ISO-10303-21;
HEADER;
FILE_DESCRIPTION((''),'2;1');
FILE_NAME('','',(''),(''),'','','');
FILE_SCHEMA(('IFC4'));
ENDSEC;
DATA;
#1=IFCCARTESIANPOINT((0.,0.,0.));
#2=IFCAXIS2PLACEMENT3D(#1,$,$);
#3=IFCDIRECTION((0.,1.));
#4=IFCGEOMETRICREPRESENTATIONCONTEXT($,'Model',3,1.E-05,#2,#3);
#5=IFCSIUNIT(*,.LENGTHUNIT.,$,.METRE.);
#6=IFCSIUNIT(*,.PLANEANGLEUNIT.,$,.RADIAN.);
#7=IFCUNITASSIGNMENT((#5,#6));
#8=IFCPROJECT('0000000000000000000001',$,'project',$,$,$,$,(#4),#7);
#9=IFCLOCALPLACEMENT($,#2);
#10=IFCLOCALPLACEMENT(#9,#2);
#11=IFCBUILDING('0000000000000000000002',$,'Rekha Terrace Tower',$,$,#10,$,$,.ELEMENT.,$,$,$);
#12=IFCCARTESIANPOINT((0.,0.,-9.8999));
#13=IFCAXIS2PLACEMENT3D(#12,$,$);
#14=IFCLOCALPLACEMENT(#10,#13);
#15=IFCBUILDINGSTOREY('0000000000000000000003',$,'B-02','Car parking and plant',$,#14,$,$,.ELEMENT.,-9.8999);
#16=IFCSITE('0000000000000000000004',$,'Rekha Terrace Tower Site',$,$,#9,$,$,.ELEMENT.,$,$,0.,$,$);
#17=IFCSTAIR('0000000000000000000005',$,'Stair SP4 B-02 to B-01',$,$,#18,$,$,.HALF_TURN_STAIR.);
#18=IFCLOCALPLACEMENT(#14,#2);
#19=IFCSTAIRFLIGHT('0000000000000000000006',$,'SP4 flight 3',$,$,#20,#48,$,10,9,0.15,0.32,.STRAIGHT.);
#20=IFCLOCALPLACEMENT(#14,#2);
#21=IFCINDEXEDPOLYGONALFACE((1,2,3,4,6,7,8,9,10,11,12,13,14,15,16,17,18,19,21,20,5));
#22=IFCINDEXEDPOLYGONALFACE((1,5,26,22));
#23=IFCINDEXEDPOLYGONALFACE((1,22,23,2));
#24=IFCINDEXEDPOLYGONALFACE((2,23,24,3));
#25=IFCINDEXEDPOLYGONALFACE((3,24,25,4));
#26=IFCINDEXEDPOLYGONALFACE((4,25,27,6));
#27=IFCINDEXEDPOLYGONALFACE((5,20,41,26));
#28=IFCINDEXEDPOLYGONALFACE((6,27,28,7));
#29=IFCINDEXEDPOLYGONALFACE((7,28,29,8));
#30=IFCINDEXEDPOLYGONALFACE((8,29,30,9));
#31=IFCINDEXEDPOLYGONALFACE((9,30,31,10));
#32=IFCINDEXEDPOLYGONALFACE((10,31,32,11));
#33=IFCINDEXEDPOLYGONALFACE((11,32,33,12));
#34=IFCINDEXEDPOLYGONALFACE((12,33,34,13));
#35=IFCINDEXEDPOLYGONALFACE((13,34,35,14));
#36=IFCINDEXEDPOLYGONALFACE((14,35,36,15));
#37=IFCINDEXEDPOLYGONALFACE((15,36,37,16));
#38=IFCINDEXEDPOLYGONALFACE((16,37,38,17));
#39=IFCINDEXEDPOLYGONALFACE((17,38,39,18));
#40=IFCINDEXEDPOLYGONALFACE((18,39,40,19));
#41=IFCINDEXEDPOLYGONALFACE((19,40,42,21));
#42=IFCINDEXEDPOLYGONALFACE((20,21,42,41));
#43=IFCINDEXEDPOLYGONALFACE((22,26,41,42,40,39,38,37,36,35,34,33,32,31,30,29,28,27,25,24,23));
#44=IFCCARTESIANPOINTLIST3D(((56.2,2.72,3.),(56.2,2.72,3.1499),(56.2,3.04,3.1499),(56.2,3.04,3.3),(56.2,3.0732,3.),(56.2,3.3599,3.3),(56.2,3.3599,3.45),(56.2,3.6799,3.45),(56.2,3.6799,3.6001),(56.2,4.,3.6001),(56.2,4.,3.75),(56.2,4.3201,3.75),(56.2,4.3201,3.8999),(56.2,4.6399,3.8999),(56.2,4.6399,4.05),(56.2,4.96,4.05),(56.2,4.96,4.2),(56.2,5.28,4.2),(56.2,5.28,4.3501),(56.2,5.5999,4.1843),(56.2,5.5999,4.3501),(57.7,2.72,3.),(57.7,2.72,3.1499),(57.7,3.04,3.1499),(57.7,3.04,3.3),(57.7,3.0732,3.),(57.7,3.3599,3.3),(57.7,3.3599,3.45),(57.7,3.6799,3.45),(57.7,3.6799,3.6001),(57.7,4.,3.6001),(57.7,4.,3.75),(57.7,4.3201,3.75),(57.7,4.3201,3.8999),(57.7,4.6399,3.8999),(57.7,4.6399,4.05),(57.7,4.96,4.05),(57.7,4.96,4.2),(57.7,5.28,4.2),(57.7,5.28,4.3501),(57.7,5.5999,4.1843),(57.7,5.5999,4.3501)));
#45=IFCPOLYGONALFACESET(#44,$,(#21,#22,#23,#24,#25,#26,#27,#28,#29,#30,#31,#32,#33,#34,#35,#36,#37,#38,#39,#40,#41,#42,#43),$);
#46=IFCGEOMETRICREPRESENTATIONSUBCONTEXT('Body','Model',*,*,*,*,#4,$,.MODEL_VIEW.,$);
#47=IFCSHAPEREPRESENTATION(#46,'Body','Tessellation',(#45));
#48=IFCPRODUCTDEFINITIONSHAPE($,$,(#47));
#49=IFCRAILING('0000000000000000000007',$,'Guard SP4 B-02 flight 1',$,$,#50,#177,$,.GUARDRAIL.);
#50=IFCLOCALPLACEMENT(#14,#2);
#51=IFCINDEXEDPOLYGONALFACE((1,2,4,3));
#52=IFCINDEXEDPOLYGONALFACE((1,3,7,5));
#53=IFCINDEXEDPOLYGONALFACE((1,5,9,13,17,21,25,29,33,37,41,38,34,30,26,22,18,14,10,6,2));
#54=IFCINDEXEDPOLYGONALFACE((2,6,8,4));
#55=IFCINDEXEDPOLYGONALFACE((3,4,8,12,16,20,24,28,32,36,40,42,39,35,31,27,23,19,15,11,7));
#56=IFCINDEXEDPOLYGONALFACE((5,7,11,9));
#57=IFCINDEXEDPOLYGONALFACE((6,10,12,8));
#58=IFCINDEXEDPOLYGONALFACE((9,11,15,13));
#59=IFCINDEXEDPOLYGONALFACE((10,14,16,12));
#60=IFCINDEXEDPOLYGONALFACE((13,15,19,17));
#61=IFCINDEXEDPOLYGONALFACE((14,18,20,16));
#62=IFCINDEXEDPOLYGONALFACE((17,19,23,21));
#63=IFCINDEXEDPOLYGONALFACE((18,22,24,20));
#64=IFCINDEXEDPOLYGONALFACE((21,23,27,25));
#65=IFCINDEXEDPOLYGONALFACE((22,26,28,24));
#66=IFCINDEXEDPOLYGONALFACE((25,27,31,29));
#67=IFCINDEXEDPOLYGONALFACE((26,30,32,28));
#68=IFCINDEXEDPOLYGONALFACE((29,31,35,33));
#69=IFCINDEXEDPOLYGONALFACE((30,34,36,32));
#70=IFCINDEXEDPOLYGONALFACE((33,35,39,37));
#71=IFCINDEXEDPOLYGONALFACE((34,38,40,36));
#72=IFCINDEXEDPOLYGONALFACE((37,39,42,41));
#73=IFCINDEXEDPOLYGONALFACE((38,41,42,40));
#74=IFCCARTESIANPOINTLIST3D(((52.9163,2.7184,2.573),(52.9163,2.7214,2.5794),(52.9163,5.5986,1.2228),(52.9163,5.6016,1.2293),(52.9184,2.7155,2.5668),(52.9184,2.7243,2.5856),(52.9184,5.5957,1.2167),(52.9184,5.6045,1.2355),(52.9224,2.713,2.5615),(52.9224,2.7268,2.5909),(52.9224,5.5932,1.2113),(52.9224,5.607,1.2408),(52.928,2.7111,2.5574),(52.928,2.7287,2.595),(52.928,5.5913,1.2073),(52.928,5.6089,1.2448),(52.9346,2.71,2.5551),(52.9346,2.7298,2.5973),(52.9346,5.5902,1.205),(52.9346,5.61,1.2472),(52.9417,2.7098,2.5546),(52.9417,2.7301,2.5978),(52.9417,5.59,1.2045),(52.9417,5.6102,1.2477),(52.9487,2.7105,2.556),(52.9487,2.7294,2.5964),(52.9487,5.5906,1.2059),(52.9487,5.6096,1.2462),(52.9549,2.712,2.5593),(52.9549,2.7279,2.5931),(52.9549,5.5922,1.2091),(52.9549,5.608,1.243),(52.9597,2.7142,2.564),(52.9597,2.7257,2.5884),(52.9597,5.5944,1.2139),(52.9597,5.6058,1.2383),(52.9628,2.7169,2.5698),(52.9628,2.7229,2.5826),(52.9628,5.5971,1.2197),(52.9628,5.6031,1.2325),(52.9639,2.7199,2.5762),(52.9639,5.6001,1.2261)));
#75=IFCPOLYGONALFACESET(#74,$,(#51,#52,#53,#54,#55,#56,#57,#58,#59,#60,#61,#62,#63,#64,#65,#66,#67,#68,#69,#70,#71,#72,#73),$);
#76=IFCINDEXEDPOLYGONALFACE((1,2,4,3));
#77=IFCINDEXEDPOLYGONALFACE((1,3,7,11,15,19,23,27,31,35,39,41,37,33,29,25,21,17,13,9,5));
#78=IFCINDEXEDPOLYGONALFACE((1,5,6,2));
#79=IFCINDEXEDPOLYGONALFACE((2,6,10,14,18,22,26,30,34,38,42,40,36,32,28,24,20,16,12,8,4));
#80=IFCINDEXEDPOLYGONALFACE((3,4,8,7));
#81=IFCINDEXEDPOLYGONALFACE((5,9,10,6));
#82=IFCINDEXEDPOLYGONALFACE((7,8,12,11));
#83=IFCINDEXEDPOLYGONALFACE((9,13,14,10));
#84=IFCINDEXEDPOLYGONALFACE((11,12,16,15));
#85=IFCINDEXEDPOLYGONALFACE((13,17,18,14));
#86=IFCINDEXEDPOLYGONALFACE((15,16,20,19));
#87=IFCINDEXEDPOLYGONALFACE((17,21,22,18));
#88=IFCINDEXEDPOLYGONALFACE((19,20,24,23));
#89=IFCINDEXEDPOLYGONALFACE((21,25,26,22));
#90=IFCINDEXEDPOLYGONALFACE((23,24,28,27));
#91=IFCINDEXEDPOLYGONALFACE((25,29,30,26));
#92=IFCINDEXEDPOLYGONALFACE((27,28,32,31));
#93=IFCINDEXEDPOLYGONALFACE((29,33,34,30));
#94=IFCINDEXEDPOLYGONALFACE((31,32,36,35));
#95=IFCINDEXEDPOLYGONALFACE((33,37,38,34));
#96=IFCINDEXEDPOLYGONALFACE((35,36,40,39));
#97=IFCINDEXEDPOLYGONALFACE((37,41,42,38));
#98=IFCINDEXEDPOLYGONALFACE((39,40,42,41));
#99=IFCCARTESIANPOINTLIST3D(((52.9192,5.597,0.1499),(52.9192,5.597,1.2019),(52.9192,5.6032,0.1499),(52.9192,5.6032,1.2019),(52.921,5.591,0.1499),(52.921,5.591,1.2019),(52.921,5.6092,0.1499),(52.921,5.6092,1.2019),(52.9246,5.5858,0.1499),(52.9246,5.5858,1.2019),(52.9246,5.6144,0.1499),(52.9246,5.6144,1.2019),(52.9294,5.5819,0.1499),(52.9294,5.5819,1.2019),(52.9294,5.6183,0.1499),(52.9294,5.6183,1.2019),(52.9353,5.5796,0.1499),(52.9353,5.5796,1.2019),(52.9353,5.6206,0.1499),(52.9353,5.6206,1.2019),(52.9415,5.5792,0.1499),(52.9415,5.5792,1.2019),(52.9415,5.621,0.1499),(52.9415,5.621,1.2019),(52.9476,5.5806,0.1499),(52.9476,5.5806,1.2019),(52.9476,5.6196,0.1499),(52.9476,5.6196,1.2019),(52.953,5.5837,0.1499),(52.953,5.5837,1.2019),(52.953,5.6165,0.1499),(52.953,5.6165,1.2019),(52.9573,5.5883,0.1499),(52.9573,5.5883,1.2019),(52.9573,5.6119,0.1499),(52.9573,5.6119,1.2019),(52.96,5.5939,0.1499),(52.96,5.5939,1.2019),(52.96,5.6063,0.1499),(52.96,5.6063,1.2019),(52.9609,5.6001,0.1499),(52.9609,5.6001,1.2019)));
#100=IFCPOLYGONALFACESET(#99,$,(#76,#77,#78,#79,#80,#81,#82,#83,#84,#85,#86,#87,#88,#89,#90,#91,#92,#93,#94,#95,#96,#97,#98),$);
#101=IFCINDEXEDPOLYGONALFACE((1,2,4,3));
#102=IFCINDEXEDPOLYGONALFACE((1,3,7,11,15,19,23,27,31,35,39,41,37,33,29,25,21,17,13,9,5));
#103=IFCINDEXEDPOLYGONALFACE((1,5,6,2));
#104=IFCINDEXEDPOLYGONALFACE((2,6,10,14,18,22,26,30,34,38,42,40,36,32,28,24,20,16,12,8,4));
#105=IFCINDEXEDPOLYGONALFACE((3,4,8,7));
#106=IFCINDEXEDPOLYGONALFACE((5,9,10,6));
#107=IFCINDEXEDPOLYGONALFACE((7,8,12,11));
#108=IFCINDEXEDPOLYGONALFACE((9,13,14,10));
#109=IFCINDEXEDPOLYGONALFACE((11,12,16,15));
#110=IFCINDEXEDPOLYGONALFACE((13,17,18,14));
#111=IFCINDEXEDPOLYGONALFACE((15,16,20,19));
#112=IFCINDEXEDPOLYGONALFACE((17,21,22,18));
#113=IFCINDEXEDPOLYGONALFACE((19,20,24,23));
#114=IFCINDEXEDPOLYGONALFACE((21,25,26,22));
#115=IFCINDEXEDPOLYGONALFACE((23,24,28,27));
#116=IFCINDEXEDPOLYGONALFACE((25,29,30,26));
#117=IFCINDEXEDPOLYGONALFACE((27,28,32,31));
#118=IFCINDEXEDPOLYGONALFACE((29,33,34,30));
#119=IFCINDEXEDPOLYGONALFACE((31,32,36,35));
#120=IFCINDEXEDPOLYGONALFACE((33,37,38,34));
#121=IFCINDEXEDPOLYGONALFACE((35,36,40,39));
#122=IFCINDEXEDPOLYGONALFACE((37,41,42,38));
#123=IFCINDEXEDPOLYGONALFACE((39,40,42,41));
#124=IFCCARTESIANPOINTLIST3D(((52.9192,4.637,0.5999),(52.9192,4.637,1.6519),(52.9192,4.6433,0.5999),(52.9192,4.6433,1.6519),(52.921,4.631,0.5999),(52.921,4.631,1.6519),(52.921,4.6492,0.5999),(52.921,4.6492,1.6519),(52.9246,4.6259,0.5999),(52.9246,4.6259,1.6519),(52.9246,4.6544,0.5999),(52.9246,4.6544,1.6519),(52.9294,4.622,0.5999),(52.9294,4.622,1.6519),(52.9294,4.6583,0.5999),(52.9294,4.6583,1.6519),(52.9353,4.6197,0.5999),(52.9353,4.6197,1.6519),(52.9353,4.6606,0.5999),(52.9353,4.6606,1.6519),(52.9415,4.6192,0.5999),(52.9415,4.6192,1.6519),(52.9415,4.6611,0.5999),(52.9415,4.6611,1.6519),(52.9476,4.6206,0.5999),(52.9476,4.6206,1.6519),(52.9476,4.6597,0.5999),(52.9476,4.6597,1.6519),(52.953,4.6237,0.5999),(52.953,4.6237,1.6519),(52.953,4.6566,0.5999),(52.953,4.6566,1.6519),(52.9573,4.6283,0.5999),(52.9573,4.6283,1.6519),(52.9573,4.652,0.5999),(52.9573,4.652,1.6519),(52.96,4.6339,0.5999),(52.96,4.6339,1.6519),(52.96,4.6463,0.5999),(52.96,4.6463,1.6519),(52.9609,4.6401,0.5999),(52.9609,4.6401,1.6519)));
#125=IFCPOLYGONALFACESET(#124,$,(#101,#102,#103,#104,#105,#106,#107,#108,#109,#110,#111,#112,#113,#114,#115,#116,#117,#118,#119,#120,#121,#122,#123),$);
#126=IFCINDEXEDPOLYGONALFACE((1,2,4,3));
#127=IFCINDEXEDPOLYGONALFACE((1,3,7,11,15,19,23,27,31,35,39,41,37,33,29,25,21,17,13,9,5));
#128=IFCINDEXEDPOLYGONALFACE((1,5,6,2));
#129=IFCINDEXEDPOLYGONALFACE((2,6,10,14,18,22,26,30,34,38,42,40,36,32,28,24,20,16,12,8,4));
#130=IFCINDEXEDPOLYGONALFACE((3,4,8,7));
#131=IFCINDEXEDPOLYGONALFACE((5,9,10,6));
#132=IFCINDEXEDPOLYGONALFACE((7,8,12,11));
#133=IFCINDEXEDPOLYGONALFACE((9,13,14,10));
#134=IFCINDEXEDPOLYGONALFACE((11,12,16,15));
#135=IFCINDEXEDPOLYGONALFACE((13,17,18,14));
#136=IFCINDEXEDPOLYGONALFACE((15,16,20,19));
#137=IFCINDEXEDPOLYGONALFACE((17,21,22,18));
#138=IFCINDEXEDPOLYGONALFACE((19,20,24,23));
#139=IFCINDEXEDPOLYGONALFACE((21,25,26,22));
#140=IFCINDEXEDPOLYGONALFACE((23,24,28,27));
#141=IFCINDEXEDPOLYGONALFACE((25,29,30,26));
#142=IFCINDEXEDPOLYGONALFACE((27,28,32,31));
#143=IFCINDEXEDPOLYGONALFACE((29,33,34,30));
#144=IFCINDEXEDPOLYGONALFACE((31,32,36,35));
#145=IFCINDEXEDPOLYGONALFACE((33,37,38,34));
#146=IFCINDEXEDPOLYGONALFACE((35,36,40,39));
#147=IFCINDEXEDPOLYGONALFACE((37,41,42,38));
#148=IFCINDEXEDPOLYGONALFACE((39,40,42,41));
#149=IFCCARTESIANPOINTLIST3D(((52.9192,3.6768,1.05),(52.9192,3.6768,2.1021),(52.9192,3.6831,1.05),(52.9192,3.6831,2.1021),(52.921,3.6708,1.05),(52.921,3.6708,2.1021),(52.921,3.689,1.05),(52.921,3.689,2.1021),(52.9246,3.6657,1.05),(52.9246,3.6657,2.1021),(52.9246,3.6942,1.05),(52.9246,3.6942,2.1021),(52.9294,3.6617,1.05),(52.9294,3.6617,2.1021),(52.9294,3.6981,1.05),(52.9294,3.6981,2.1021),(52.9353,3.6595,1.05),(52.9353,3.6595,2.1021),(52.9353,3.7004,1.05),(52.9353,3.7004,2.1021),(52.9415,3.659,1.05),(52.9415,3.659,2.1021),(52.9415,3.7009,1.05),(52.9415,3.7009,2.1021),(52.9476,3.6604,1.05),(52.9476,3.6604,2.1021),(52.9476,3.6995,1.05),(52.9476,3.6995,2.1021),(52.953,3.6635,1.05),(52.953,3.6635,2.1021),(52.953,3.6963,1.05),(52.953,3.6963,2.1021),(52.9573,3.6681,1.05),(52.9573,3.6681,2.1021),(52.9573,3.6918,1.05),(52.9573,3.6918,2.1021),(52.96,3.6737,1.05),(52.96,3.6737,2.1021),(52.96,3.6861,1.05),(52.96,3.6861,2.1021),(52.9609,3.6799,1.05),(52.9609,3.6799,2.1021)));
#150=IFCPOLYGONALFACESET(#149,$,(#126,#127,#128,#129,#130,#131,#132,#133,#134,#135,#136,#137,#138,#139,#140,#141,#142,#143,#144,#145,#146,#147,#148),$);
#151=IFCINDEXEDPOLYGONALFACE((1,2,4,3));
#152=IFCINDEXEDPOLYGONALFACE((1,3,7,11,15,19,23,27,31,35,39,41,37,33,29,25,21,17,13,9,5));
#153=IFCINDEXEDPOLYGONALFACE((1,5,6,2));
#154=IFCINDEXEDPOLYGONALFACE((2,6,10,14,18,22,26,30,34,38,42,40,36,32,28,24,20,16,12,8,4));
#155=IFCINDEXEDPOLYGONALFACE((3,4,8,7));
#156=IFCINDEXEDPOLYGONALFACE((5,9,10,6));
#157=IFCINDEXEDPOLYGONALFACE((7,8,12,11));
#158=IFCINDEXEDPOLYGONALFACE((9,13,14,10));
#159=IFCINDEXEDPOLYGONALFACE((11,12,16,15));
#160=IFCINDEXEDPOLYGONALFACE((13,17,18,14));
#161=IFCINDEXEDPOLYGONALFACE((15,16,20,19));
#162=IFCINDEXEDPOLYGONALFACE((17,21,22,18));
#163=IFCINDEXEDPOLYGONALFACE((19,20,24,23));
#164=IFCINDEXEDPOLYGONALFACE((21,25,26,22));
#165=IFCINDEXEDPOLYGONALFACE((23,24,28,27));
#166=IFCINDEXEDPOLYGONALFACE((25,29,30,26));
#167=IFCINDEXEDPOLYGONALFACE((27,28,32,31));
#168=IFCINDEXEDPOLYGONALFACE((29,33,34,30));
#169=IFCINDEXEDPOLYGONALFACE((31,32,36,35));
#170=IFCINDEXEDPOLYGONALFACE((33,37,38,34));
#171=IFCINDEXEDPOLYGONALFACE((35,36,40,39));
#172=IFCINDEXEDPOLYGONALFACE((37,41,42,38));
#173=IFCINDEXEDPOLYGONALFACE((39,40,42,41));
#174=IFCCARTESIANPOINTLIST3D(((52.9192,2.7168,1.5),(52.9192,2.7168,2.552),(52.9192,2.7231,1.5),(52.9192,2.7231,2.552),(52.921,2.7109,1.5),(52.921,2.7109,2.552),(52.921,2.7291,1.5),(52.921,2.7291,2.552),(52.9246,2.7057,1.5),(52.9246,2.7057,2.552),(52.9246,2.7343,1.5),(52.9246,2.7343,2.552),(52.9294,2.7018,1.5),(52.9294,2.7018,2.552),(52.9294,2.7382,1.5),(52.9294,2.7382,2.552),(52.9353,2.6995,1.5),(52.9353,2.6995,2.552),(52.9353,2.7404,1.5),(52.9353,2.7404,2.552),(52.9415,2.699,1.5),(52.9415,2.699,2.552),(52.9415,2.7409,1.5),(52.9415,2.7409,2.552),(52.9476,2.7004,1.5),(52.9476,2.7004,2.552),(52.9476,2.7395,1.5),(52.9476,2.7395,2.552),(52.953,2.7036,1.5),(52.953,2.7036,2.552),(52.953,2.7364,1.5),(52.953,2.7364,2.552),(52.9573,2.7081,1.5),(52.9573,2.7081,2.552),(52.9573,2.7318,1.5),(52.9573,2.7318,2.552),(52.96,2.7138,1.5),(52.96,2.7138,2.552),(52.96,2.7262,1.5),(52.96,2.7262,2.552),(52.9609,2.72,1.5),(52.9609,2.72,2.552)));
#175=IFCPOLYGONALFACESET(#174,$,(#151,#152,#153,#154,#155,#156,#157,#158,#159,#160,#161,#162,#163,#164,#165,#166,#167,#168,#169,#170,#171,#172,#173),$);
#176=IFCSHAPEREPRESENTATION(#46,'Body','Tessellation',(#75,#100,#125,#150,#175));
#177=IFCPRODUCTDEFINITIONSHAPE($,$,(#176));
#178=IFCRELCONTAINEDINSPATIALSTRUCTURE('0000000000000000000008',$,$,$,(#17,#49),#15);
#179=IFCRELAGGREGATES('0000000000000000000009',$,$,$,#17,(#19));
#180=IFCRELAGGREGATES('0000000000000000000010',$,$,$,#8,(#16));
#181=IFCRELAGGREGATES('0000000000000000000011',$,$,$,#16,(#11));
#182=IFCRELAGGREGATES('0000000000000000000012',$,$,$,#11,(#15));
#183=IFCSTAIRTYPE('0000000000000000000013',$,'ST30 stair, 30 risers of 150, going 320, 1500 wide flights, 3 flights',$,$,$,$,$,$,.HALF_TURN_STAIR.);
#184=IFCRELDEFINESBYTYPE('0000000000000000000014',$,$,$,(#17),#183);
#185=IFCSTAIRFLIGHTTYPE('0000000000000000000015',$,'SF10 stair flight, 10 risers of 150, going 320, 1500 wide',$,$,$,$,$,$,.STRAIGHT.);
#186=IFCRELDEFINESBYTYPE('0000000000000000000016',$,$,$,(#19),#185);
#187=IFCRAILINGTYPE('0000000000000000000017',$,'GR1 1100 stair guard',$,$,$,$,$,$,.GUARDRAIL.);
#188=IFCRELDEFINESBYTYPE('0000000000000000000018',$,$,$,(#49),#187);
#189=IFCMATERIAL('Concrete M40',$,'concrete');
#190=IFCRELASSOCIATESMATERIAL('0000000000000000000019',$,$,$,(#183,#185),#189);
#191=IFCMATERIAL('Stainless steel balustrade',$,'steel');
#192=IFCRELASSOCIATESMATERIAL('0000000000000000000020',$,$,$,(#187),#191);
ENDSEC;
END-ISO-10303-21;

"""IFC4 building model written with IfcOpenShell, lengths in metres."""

from ifc_helpers import new_model, si_unit, direction, frame, origin, origin_2d, place, context, subcontext, project, spatial, polyline, circle, outline, extrude, material, type_object, element, aggregate, save


model = new_model("IFC4")

# Units and contexts
model_context = context("Model", 3, precision=1e-05, world=origin(), true_north=direction((0.0, 1.0)))
body_context = subcontext(model_context, "Body", "Model", "MODEL_VIEW")
ifc_project = project(units=[si_unit("LENGTHUNIT", "METRE"), si_unit("PLANEANGLEUNIT", "RADIAN")], contexts=[model_context])

# Site, building, storey
site_placement = place(None, origin())
site = spatial("IfcSite", under=ifc_project, at=site_placement, Name="Rekha Terrace Tower Site", CompositionType="ELEMENT", RefElevation=0.0)
building_placement = place(site_placement, origin())
building = spatial("IfcBuilding", under=site, at=building_placement, Name="Rekha Terrace Tower", CompositionType="ELEMENT")
storey_placement = place(building_placement, frame((0.0, 0.0, -9.8999)))
storey = spatial("IfcBuildingStorey", under=building, at=storey_placement, Name="B-02", Description="Car parking and plant", CompositionType="ELEMENT", Elevation=-9.8999)

# Shared definitions
ifc_material_1 = material(Name="Concrete M40", Category="concrete")

# Stair, stair flight
stair_type = type_object("IfcStairType", Name="ST30 stair, 30 risers of 150, going 320, 1500 wide flights, 3 flights", PredefinedType="HALF_TURN_STAIR", material=ifc_material_1)
stair_placement = place(storey_placement, origin())
stair = element("IfcStair", 1, at=stair_placement, inside=storey, type_object=stair_type, Name="Stair SP4 B-02 to B-01", PredefinedType="HALF_TURN_STAIR")
stair_flight_type = type_object("IfcStairFlightType", Name="SF10 stair flight, 10 risers of 150, going 320, 1500 wide", PredefinedType="STRAIGHT", material=ifc_material_1)
stair_flight_1_placement = place(storey_placement, frame((56.95, 2.72, 3.0), z_axis=(0.0, 0.0, 1.0), x_axis=(0.0, 1.0, 0.0)))
stair_flight_1 = element("IfcStairFlight", 2, at=stair_flight_1_placement, type_object=stair_flight_type, Name="SP4 flight 3", NumberOfRisers=10, NumberOfTreads=9, PredefinedType="STRAIGHT", RiserHeight=0.15, TreadLength=0.32, context=body_context, shape_type="SweptSolid", body=[
    extrude(outline(polyline([(0.0, 0.0), (0.0, 0.1499), (0.3201, 0.1499), (0.3201, 0.3), (0.6399, 0.3), (0.6399, 0.45), (0.96, 0.45), (0.96, 0.6001), (1.28, 0.6001), (1.28, 0.75), (1.6001, 0.75), (1.6001, 0.8999), (1.9199, 0.8999), (1.9199, 1.05), (2.24, 1.05), (2.24, 1.2), (2.5601, 1.2), (2.5601, 1.3501), (2.8799, 1.3501), (2.8799, 1.5), (2.8799, 1.1843), (0.3533, 0.0), (0.0, 0.0)])), frame((0.0, 0.75, 0.0), z_axis=(0.0, -1.0, 0.0), x_axis=(1.0, 0.0, 0.0)), (0.0, 0.0, 1.0), 1.5),
])
aggregate(stair, [stair_flight_1])

# Railing
ifc_material_2 = material(Name="Stainless steel balustrade", Category="steel")
railing_type_1 = type_object("IfcRailingType", Name="GR1 1100 stair guard", PredefinedType="GUARDRAIL", material=ifc_material_2)
railing_1_placement = place(storey_placement, frame((52.9399, 5.6001, 0.1499)))
element("IfcRailing", 3, at=railing_1_placement, inside=storey, type_object=railing_type_1, Name="Guard SP4 B-02 flight 1", PredefinedType="GUARDRAIL", context=body_context, shape_type="SweptSolid", body=[
    extrude(circle(Radius=0.0239, at=origin_2d()), frame((0.0, 0.0, 1.0762), z_axis=(0.0, -0.905454, 0.424444), x_axis=(1.0, 0.0, 0.0)), (0.0, 0.0, 1.0), 3.1809),
    extrude(circle(Radius=0.021, at=origin_2d()), origin(), (0.0, 0.0, 1.0), 1.052),
    extrude(circle(Radius=0.021, at=origin_2d()), frame((0.0, -0.96, 0.45)), (0.0, 0.0, 1.0), 1.052),
    extrude(circle(Radius=0.021, at=origin_2d()), frame((0.0, -1.9202, 0.9001)), (0.0, 0.0, 1.0), 1.052),
    extrude(circle(Radius=0.021, at=origin_2d()), frame((0.0, -2.8801, 1.3501)), (0.0, 0.0, 1.0), 1.052),
])

save(model, "model.ifc")
